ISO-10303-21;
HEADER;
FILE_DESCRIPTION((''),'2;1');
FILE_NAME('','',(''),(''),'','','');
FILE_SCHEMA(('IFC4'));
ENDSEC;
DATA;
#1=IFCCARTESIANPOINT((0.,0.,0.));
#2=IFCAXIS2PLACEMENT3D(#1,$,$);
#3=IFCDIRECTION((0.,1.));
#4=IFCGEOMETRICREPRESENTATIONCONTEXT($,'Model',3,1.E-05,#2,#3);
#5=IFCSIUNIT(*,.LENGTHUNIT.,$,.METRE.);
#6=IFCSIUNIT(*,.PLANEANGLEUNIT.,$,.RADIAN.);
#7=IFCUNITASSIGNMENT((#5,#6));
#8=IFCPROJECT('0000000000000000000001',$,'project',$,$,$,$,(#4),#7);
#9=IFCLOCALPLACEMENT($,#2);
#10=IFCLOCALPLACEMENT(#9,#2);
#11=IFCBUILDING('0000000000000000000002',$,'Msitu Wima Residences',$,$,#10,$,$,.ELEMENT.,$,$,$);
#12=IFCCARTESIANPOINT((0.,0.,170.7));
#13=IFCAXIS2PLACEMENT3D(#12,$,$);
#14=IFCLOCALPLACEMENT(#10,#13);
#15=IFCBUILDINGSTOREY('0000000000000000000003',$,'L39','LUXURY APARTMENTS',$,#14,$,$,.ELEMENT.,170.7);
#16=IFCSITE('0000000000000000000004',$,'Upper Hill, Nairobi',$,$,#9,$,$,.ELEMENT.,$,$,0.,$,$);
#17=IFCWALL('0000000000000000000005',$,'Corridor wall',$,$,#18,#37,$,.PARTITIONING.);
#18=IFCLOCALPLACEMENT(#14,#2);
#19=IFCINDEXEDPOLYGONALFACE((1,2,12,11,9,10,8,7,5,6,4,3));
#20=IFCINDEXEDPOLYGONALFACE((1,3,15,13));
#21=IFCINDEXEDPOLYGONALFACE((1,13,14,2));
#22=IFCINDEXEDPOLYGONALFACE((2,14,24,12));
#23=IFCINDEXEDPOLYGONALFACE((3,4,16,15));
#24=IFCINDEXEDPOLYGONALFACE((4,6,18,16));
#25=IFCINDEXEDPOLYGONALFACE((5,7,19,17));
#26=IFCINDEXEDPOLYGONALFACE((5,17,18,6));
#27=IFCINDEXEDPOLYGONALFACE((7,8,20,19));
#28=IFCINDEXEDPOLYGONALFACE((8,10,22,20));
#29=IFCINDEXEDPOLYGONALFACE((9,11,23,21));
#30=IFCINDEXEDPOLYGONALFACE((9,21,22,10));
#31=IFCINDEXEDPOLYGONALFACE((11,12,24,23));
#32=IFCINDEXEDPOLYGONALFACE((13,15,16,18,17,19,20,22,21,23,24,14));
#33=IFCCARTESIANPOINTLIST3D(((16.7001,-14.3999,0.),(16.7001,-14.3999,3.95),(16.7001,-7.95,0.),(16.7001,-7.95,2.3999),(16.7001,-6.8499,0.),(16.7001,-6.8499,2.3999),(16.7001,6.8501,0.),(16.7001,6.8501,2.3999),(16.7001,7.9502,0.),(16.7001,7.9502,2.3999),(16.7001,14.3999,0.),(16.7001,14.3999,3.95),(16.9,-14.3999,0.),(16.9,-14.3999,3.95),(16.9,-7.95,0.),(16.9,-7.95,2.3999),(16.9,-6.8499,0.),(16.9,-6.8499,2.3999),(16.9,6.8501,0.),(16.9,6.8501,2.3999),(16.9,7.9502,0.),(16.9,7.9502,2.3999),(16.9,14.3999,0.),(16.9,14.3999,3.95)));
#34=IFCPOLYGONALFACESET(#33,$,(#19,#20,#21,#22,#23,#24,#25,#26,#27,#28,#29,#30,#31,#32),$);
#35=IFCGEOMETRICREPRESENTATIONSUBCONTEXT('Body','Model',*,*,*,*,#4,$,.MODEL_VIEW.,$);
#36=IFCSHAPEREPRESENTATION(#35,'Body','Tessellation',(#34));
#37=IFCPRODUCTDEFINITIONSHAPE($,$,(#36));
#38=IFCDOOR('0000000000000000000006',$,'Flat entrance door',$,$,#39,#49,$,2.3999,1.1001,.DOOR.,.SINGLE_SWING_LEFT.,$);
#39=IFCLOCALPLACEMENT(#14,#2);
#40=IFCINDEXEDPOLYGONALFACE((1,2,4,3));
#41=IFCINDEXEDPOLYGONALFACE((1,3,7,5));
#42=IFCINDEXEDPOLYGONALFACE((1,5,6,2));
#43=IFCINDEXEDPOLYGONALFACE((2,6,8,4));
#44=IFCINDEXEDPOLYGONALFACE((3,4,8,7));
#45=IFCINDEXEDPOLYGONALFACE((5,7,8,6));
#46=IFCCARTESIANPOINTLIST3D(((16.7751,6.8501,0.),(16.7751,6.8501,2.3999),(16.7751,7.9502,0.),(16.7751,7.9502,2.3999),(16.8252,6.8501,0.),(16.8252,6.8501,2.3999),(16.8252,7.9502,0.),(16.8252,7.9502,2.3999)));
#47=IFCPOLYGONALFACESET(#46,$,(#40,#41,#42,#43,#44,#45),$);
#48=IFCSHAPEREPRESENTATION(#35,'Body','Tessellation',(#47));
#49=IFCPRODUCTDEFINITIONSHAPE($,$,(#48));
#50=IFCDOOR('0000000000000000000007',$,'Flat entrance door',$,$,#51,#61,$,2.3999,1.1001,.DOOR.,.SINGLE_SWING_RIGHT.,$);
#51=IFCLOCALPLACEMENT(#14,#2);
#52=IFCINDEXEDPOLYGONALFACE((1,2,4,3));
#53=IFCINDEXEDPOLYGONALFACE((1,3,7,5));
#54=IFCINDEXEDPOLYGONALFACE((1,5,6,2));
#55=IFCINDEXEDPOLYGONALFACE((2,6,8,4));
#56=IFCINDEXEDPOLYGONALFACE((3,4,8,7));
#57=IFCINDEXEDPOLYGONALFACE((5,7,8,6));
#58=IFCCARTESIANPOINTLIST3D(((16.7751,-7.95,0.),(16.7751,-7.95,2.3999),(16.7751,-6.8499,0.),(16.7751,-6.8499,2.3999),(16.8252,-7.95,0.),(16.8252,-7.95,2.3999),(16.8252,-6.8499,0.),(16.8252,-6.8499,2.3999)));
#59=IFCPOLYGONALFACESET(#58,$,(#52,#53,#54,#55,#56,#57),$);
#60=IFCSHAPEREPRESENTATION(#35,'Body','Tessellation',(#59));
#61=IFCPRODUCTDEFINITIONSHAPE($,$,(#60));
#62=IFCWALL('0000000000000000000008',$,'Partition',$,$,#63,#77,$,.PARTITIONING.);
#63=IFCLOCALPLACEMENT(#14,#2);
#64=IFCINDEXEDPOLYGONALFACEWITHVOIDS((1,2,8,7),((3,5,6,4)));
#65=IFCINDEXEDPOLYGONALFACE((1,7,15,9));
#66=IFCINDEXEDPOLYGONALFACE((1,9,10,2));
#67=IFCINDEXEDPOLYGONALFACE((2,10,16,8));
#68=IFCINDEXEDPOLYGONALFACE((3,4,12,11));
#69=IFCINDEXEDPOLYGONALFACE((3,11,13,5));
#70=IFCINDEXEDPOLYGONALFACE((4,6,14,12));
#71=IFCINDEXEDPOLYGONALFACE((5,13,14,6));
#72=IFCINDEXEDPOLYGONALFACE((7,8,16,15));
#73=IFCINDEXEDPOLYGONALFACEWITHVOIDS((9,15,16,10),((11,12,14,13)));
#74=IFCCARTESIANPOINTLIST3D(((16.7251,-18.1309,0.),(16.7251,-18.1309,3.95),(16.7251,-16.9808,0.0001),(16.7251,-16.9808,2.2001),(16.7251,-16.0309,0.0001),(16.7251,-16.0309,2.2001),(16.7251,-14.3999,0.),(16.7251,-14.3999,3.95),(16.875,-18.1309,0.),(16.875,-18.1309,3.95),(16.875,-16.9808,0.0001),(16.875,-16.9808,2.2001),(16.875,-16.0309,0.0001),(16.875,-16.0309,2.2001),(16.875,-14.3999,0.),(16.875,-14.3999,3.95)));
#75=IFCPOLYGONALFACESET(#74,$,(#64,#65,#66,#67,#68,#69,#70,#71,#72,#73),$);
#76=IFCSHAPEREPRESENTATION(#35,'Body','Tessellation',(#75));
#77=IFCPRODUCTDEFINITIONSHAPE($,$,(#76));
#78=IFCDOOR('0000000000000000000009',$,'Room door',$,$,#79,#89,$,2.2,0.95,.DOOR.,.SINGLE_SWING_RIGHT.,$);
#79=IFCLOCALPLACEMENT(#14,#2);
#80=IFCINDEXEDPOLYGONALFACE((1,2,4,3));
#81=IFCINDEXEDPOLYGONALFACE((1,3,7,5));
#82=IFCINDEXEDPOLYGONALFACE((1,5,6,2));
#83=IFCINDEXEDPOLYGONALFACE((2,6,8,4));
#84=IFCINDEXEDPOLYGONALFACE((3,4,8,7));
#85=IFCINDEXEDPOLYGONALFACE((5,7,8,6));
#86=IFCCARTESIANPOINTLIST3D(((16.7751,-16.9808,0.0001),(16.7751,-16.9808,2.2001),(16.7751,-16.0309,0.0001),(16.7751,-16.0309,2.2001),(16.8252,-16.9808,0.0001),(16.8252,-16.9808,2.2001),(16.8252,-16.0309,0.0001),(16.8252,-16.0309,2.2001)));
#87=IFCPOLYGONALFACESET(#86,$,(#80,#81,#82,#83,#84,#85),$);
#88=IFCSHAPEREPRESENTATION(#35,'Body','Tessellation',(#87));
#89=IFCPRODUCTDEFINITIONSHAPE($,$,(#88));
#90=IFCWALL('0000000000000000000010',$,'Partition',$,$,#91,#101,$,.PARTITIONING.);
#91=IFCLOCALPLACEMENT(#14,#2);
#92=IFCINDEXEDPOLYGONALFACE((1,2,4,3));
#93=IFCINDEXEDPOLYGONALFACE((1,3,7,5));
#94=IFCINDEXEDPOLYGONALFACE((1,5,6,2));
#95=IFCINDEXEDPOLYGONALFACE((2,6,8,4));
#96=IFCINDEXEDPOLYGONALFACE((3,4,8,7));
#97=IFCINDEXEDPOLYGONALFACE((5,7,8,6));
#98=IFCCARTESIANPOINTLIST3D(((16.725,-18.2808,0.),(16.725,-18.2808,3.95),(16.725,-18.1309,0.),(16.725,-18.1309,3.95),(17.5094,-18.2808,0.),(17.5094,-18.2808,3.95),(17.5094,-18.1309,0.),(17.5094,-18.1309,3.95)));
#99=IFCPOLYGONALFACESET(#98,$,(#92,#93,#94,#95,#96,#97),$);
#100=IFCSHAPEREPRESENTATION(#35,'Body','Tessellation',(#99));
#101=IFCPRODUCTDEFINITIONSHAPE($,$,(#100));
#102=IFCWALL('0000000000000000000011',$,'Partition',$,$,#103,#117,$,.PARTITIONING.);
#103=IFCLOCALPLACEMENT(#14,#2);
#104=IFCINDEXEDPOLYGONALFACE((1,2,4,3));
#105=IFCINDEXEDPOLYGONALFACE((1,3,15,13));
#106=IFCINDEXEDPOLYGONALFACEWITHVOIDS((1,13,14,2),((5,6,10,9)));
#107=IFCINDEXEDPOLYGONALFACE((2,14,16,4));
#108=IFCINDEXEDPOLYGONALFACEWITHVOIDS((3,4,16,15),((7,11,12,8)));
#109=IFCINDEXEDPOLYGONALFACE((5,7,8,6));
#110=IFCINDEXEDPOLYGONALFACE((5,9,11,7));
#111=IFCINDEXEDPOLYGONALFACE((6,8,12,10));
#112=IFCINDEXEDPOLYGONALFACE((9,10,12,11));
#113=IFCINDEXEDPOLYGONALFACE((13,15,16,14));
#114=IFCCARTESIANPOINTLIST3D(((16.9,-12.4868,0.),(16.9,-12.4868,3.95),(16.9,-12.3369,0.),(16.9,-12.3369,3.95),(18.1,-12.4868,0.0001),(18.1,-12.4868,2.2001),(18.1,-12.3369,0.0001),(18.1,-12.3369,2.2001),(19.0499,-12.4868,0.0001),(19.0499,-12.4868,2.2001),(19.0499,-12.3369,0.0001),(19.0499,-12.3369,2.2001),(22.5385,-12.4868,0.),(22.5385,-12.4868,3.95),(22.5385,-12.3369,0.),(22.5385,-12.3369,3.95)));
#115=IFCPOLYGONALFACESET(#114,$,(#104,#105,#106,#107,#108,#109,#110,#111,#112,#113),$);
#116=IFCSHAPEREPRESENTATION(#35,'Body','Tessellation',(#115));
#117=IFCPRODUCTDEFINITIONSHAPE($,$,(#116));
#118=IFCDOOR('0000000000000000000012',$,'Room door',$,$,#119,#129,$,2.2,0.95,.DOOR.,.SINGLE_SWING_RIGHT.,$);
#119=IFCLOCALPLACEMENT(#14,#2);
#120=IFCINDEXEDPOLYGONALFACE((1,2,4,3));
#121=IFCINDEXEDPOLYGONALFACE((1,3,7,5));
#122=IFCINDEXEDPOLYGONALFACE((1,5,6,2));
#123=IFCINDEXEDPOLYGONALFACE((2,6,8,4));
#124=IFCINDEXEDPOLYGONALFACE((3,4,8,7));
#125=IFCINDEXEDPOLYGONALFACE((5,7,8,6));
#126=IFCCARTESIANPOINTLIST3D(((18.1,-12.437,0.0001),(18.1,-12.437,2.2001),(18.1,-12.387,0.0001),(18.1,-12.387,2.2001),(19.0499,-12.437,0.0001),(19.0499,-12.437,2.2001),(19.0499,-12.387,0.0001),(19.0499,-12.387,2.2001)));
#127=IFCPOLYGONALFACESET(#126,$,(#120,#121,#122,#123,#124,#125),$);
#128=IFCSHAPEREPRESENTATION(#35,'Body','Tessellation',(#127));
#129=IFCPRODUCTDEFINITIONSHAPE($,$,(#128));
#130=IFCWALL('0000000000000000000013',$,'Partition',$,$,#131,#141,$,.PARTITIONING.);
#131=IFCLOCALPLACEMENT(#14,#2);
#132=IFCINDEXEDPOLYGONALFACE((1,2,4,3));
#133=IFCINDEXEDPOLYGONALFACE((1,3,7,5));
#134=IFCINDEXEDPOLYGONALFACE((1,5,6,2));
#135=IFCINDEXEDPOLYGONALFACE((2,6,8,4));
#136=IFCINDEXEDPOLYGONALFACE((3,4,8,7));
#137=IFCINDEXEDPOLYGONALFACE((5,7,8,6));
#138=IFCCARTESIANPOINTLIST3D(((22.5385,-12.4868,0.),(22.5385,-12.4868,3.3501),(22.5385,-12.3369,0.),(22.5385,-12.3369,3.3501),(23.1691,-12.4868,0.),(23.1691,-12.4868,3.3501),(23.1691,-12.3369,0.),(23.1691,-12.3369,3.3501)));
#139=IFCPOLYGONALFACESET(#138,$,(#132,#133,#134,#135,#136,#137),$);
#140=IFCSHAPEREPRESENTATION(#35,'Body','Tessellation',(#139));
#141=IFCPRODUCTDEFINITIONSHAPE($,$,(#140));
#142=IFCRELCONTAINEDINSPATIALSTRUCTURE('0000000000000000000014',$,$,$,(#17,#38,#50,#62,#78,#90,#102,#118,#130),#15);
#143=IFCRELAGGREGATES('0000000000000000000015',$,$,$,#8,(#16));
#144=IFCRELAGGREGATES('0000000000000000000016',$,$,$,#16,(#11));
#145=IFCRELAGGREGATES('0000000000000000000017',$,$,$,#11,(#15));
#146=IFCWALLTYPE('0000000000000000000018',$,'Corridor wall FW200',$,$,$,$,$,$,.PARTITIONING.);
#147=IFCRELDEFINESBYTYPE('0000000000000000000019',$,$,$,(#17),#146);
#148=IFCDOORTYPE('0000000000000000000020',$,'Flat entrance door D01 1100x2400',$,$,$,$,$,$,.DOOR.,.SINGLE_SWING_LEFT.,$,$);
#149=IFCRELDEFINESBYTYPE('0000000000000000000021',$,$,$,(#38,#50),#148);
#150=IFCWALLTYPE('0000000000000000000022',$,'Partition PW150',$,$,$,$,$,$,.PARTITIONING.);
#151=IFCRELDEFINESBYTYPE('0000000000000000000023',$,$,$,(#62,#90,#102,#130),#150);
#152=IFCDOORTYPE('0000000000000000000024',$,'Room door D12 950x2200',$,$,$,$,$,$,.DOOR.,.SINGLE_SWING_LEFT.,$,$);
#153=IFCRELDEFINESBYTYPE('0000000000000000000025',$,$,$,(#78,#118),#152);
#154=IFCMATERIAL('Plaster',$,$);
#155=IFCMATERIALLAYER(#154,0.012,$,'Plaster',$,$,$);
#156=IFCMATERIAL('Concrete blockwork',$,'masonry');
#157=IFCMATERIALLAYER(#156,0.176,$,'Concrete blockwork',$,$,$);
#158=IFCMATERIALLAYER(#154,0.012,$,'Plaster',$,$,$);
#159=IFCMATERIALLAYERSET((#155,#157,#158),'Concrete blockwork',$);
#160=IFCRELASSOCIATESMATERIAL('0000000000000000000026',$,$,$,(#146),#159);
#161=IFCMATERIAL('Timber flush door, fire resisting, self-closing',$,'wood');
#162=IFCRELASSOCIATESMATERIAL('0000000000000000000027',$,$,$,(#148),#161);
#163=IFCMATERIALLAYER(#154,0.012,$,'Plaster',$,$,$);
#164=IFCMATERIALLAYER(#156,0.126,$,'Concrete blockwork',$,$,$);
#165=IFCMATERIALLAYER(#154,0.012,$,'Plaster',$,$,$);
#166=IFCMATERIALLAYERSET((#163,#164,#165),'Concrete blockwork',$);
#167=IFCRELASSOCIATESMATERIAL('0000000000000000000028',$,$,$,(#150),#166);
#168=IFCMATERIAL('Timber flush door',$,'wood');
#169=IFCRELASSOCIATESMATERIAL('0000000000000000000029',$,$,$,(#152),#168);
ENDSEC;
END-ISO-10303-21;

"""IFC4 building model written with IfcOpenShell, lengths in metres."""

from ifc_helpers import new_model, si_unit, direction, frame, frame_2d, origin, place, context, subcontext, project, spatial, rectangle, extrude, material, layer, layer_set, type_object, element, fill, save


model = new_model("IFC4")

# Units and contexts
model_context = context("Model", 3, precision=1e-05, world=origin(), true_north=direction((0.0, 1.0)))
body_context = subcontext(model_context, "Body", "Model", "MODEL_VIEW")
ifc_project = project(units=[si_unit("LENGTHUNIT", "METRE"), si_unit("PLANEANGLEUNIT", "RADIAN")], contexts=[model_context])

# Site, building, storey
site_placement = place(None, origin())
site = spatial("IfcSite", under=ifc_project, at=site_placement, Name="Upper Hill, Nairobi", CompositionType="ELEMENT", RefElevation=0.0)
building_placement = place(site_placement, origin())
building = spatial("IfcBuilding", under=site, at=building_placement, Name="Msitu Wima Residences", CompositionType="ELEMENT")
storey_placement = place(building_placement, frame((0.0, 0.0, 170.7)))
storey = spatial("IfcBuildingStorey", under=building, at=storey_placement, Name="L39", Description="LUXURY APARTMENTS", CompositionType="ELEMENT", Elevation=170.7)

# Shared definitions
ifc_material_1 = material(Name="Plaster")
ifc_layer_1 = layer(ifc_material_1, 0.012, Name="Plaster")
ifc_material_2 = material(Name="Concrete blockwork", Category="masonry")
ifc_layer_2 = layer(ifc_material_2, 0.176, Name="Concrete blockwork")
ifc_layer_3 = layer(ifc_material_1, 0.012, Name="Plaster")
ifc_layer_set_1 = layer_set([ifc_layer_1, ifc_layer_2, ifc_layer_3], Name="Concrete blockwork")
wall_type_1 = type_object("IfcWallType", Name="Corridor wall FW200", PredefinedType="PARTITIONING", material=ifc_layer_set_1)

# Wall, openings, doors
wall_1_placement = place(storey_placement, frame((16.8, -14.3999, 0.0), z_axis=(0.0, 0.0, 1.0), x_axis=(0.0, 1.0, 0.0)))
wall_1 = element("IfcWall", 1, at=wall_1_placement, inside=storey, type_object=wall_type_1, Name="Corridor wall", PredefinedType="PARTITIONING", context=body_context, shape_type="SweptSolid", body=[
    extrude(rectangle(XDim=28.7998, YDim=0.2, at=frame_2d((14.3999, 0.0))), origin(), (0.0, 0.0, 1.0), 3.95),
])
opening_1_placement = place(wall_1_placement, frame((21.25, 0.0, 0.0)))
opening_1 = element("IfcOpeningElement", 2, at=opening_1_placement, cuts=wall_1, PredefinedType="OPENING", context=body_context, shape_type="SweptSolid", body=[
    extrude(rectangle(XDim=1.1001, YDim=2.3999, at=frame_2d((0.55, 1.2))), frame((0.0, 0.1099, 0.0), z_axis=(0.0, -1.0, 0.0), x_axis=(1.0, 0.0, 0.0)), (0.0, 0.0, 1.0), 0.22),
])
opening_2_placement = place(wall_1_placement, frame((6.45, 0.0, 0.0)))
opening_2 = element("IfcOpeningElement", 3, at=opening_2_placement, cuts=wall_1, PredefinedType="OPENING", context=body_context, shape_type="SweptSolid", body=[
    extrude(rectangle(XDim=1.1001, YDim=2.3999, at=frame_2d((0.55, 1.2))), frame((0.0, 0.1099, 0.0), z_axis=(0.0, -1.0, 0.0), x_axis=(1.0, 0.0, 0.0)), (0.0, 0.0, 1.0), 0.22),
])
ifc_material_3 = material(Name="Timber flush door, fire resisting, self-closing", Category="wood")
door_type_1 = type_object("IfcDoorType", Name="Flat entrance door D01 1100x2400", OperationType="SINGLE_SWING_LEFT", PredefinedType="DOOR", material=ifc_material_3)
door_1_placement = place(opening_1_placement, origin())
door_1 = element("IfcDoor", 4, at=door_1_placement, inside=storey, type_object=door_type_1, Name="Flat entrance door", OperationType="SINGLE_SWING_LEFT", OverallHeight=2.3999, OverallWidth=1.1001, PredefinedType="DOOR", context=body_context, shape_type="SweptSolid", body=[
    extrude(rectangle(XDim=1.1001, YDim=2.3999, at=frame_2d((0.55, 1.2))), frame((0.0, 0.0249, 0.0), z_axis=(0.0, -1.0, 0.0), x_axis=(1.0, 0.0, 0.0)), (0.0, 0.0, 1.0), 0.05),
])
fill(opening_1, door_1)
door_2_placement = place(opening_2_placement, origin())
door_2 = element("IfcDoor", 5, at=door_2_placement, inside=storey, type_object=door_type_1, Name="Flat entrance door", OperationType="SINGLE_SWING_RIGHT", OverallHeight=2.3999, OverallWidth=1.1001, PredefinedType="DOOR", context=body_context, shape_type="SweptSolid", body=[
    extrude(rectangle(XDim=1.1001, YDim=2.3999, at=frame_2d((0.55, 1.2))), frame((0.0, 0.0249, 0.0), z_axis=(0.0, -1.0, 0.0), x_axis=(1.0, 0.0, 0.0)), (0.0, 0.0, 1.0), 0.05),
])
fill(opening_2, door_2)

# Wall, opening, door
ifc_layer_4 = layer(ifc_material_1, 0.012, Name="Plaster")
ifc_layer_5 = layer(ifc_material_2, 0.126, Name="Concrete blockwork")
ifc_layer_6 = layer(ifc_material_1, 0.012, Name="Plaster")
ifc_layer_set_2 = layer_set([ifc_layer_4, ifc_layer_5, ifc_layer_6], Name="Concrete blockwork")
wall_type_2 = type_object("IfcWallType", Name="Partition PW150", PredefinedType="PARTITIONING", material=ifc_layer_set_2)
wall_2_placement = place(storey_placement, frame((16.8, -18.1309, 0.0), z_axis=(0.0, 0.0, 1.0), x_axis=(0.0, 1.0, 0.0)))
wall_2 = element("IfcWall", 6, at=wall_2_placement, inside=storey, type_object=wall_type_2, Name="Partition", PredefinedType="PARTITIONING", context=body_context, shape_type="SweptSolid", body=[
    extrude(rectangle(XDim=3.731, YDim=0.1499, at=frame_2d((1.8655, 0.0))), origin(), (0.0, 0.0, 1.0), 3.95),
])
opening_3_placement = place(wall_2_placement, frame((1.1499, 0.0, 0.0)))
opening_3 = element("IfcOpeningElement", 7, at=opening_3_placement, cuts=wall_2, PredefinedType="OPENING", context=body_context, shape_type="SweptSolid", body=[
    extrude(rectangle(XDim=0.95, YDim=2.2, at=frame_2d((0.4751, 1.1001))), frame((0.0, 0.085, 0.0), z_axis=(0.0, -1.0, 0.0), x_axis=(1.0, 0.0, 0.0)), (0.0, 0.0, 1.0), 0.1699),
])
ifc_material_4 = material(Name="Timber flush door", Category="wood")
door_type_2 = type_object("IfcDoorType", Name="Room door D12 950x2200", OperationType="SINGLE_SWING_LEFT", PredefinedType="DOOR", material=ifc_material_4)
door_3_placement = place(opening_3_placement, origin())
door_3 = element("IfcDoor", 8, at=door_3_placement, inside=storey, type_object=door_type_2, Name="Room door", OperationType="SINGLE_SWING_RIGHT", OverallHeight=2.2, OverallWidth=0.95, PredefinedType="DOOR", context=body_context, shape_type="SweptSolid", body=[
    extrude(rectangle(XDim=0.95, YDim=2.2, at=frame_2d((0.4751, 1.1001))), frame((0.0, 0.0249, 0.0), z_axis=(0.0, -1.0, 0.0), x_axis=(1.0, 0.0, 0.0)), (0.0, 0.0, 1.0), 0.05),
])
fill(opening_3, door_3)

# Wall
wall_3_placement = place(storey_placement, frame((16.7251, -18.2058, 0.0), z_axis=(0.0, 0.0, 1.0), x_axis=(1.0, 0.0, 0.0)))
element("IfcWall", 9, at=wall_3_placement, inside=storey, type_object=wall_type_2, Name="Partition", PredefinedType="PARTITIONING", context=body_context, shape_type="SweptSolid", body=[
    extrude(rectangle(XDim=0.7844, YDim=0.1499, at=frame_2d((0.3921, 0.0))), origin(), (0.0, 0.0, 1.0), 3.95),
])

# Wall, opening, door
wall_4_placement = place(storey_placement, frame((16.8999, -12.4119, 0.0), z_axis=(0.0, 0.0, 1.0), x_axis=(1.0, 0.0, 0.0)))
wall_4 = element("IfcWall", 10, at=wall_4_placement, inside=storey, type_object=wall_type_2, Name="Partition", PredefinedType="PARTITIONING", context=body_context, shape_type="SweptSolid", body=[
    extrude(rectangle(XDim=5.6384, YDim=0.1499, at=frame_2d((2.8193, 0.0))), origin(), (0.0, 0.0, 1.0), 3.95),
])
opening_4_placement = place(wall_4_placement, frame((1.2, 0.0, 0.0)))
opening_4 = element("IfcOpeningElement", 11, at=opening_4_placement, cuts=wall_4, PredefinedType="OPENING", context=body_context, shape_type="SweptSolid", body=[
    extrude(rectangle(XDim=0.95, YDim=2.2, at=frame_2d((0.4751, 1.1001))), frame((0.0, 0.085, 0.0), z_axis=(0.0, -1.0, 0.0), x_axis=(1.0, 0.0, 0.0)), (0.0, 0.0, 1.0), 0.1699),
])
door_4_placement = place(opening_4_placement, origin())
door_4 = element("IfcDoor", 12, at=door_4_placement, inside=storey, type_object=door_type_2, Name="Room door", OperationType="SINGLE_SWING_RIGHT", OverallHeight=2.2, OverallWidth=0.95, PredefinedType="DOOR", context=body_context, shape_type="SweptSolid", body=[
    extrude(rectangle(XDim=0.95, YDim=2.2, at=frame_2d((0.4751, 1.1001))), frame((0.0, 0.0249, 0.0), z_axis=(0.0, -1.0, 0.0), x_axis=(1.0, 0.0, 0.0)), (0.0, 0.0, 1.0), 0.05),
])
fill(opening_4, door_4)

# Wall
wall_5_placement = place(storey_placement, frame((22.5383, -12.4119, 0.0), z_axis=(0.0, 0.0, 1.0), x_axis=(1.0, 0.0, 0.0)))
element("IfcWall", 13, at=wall_5_placement, inside=storey, type_object=wall_type_2, Name="Partition", PredefinedType="PARTITIONING", context=body_context, shape_type="SweptSolid", body=[
    extrude(rectangle(XDim=0.6306, YDim=0.1499, at=frame_2d((0.3154, 0.0))), origin(), (0.0, 0.0, 1.0), 3.3501),
])

save(model, "model.ifc")
